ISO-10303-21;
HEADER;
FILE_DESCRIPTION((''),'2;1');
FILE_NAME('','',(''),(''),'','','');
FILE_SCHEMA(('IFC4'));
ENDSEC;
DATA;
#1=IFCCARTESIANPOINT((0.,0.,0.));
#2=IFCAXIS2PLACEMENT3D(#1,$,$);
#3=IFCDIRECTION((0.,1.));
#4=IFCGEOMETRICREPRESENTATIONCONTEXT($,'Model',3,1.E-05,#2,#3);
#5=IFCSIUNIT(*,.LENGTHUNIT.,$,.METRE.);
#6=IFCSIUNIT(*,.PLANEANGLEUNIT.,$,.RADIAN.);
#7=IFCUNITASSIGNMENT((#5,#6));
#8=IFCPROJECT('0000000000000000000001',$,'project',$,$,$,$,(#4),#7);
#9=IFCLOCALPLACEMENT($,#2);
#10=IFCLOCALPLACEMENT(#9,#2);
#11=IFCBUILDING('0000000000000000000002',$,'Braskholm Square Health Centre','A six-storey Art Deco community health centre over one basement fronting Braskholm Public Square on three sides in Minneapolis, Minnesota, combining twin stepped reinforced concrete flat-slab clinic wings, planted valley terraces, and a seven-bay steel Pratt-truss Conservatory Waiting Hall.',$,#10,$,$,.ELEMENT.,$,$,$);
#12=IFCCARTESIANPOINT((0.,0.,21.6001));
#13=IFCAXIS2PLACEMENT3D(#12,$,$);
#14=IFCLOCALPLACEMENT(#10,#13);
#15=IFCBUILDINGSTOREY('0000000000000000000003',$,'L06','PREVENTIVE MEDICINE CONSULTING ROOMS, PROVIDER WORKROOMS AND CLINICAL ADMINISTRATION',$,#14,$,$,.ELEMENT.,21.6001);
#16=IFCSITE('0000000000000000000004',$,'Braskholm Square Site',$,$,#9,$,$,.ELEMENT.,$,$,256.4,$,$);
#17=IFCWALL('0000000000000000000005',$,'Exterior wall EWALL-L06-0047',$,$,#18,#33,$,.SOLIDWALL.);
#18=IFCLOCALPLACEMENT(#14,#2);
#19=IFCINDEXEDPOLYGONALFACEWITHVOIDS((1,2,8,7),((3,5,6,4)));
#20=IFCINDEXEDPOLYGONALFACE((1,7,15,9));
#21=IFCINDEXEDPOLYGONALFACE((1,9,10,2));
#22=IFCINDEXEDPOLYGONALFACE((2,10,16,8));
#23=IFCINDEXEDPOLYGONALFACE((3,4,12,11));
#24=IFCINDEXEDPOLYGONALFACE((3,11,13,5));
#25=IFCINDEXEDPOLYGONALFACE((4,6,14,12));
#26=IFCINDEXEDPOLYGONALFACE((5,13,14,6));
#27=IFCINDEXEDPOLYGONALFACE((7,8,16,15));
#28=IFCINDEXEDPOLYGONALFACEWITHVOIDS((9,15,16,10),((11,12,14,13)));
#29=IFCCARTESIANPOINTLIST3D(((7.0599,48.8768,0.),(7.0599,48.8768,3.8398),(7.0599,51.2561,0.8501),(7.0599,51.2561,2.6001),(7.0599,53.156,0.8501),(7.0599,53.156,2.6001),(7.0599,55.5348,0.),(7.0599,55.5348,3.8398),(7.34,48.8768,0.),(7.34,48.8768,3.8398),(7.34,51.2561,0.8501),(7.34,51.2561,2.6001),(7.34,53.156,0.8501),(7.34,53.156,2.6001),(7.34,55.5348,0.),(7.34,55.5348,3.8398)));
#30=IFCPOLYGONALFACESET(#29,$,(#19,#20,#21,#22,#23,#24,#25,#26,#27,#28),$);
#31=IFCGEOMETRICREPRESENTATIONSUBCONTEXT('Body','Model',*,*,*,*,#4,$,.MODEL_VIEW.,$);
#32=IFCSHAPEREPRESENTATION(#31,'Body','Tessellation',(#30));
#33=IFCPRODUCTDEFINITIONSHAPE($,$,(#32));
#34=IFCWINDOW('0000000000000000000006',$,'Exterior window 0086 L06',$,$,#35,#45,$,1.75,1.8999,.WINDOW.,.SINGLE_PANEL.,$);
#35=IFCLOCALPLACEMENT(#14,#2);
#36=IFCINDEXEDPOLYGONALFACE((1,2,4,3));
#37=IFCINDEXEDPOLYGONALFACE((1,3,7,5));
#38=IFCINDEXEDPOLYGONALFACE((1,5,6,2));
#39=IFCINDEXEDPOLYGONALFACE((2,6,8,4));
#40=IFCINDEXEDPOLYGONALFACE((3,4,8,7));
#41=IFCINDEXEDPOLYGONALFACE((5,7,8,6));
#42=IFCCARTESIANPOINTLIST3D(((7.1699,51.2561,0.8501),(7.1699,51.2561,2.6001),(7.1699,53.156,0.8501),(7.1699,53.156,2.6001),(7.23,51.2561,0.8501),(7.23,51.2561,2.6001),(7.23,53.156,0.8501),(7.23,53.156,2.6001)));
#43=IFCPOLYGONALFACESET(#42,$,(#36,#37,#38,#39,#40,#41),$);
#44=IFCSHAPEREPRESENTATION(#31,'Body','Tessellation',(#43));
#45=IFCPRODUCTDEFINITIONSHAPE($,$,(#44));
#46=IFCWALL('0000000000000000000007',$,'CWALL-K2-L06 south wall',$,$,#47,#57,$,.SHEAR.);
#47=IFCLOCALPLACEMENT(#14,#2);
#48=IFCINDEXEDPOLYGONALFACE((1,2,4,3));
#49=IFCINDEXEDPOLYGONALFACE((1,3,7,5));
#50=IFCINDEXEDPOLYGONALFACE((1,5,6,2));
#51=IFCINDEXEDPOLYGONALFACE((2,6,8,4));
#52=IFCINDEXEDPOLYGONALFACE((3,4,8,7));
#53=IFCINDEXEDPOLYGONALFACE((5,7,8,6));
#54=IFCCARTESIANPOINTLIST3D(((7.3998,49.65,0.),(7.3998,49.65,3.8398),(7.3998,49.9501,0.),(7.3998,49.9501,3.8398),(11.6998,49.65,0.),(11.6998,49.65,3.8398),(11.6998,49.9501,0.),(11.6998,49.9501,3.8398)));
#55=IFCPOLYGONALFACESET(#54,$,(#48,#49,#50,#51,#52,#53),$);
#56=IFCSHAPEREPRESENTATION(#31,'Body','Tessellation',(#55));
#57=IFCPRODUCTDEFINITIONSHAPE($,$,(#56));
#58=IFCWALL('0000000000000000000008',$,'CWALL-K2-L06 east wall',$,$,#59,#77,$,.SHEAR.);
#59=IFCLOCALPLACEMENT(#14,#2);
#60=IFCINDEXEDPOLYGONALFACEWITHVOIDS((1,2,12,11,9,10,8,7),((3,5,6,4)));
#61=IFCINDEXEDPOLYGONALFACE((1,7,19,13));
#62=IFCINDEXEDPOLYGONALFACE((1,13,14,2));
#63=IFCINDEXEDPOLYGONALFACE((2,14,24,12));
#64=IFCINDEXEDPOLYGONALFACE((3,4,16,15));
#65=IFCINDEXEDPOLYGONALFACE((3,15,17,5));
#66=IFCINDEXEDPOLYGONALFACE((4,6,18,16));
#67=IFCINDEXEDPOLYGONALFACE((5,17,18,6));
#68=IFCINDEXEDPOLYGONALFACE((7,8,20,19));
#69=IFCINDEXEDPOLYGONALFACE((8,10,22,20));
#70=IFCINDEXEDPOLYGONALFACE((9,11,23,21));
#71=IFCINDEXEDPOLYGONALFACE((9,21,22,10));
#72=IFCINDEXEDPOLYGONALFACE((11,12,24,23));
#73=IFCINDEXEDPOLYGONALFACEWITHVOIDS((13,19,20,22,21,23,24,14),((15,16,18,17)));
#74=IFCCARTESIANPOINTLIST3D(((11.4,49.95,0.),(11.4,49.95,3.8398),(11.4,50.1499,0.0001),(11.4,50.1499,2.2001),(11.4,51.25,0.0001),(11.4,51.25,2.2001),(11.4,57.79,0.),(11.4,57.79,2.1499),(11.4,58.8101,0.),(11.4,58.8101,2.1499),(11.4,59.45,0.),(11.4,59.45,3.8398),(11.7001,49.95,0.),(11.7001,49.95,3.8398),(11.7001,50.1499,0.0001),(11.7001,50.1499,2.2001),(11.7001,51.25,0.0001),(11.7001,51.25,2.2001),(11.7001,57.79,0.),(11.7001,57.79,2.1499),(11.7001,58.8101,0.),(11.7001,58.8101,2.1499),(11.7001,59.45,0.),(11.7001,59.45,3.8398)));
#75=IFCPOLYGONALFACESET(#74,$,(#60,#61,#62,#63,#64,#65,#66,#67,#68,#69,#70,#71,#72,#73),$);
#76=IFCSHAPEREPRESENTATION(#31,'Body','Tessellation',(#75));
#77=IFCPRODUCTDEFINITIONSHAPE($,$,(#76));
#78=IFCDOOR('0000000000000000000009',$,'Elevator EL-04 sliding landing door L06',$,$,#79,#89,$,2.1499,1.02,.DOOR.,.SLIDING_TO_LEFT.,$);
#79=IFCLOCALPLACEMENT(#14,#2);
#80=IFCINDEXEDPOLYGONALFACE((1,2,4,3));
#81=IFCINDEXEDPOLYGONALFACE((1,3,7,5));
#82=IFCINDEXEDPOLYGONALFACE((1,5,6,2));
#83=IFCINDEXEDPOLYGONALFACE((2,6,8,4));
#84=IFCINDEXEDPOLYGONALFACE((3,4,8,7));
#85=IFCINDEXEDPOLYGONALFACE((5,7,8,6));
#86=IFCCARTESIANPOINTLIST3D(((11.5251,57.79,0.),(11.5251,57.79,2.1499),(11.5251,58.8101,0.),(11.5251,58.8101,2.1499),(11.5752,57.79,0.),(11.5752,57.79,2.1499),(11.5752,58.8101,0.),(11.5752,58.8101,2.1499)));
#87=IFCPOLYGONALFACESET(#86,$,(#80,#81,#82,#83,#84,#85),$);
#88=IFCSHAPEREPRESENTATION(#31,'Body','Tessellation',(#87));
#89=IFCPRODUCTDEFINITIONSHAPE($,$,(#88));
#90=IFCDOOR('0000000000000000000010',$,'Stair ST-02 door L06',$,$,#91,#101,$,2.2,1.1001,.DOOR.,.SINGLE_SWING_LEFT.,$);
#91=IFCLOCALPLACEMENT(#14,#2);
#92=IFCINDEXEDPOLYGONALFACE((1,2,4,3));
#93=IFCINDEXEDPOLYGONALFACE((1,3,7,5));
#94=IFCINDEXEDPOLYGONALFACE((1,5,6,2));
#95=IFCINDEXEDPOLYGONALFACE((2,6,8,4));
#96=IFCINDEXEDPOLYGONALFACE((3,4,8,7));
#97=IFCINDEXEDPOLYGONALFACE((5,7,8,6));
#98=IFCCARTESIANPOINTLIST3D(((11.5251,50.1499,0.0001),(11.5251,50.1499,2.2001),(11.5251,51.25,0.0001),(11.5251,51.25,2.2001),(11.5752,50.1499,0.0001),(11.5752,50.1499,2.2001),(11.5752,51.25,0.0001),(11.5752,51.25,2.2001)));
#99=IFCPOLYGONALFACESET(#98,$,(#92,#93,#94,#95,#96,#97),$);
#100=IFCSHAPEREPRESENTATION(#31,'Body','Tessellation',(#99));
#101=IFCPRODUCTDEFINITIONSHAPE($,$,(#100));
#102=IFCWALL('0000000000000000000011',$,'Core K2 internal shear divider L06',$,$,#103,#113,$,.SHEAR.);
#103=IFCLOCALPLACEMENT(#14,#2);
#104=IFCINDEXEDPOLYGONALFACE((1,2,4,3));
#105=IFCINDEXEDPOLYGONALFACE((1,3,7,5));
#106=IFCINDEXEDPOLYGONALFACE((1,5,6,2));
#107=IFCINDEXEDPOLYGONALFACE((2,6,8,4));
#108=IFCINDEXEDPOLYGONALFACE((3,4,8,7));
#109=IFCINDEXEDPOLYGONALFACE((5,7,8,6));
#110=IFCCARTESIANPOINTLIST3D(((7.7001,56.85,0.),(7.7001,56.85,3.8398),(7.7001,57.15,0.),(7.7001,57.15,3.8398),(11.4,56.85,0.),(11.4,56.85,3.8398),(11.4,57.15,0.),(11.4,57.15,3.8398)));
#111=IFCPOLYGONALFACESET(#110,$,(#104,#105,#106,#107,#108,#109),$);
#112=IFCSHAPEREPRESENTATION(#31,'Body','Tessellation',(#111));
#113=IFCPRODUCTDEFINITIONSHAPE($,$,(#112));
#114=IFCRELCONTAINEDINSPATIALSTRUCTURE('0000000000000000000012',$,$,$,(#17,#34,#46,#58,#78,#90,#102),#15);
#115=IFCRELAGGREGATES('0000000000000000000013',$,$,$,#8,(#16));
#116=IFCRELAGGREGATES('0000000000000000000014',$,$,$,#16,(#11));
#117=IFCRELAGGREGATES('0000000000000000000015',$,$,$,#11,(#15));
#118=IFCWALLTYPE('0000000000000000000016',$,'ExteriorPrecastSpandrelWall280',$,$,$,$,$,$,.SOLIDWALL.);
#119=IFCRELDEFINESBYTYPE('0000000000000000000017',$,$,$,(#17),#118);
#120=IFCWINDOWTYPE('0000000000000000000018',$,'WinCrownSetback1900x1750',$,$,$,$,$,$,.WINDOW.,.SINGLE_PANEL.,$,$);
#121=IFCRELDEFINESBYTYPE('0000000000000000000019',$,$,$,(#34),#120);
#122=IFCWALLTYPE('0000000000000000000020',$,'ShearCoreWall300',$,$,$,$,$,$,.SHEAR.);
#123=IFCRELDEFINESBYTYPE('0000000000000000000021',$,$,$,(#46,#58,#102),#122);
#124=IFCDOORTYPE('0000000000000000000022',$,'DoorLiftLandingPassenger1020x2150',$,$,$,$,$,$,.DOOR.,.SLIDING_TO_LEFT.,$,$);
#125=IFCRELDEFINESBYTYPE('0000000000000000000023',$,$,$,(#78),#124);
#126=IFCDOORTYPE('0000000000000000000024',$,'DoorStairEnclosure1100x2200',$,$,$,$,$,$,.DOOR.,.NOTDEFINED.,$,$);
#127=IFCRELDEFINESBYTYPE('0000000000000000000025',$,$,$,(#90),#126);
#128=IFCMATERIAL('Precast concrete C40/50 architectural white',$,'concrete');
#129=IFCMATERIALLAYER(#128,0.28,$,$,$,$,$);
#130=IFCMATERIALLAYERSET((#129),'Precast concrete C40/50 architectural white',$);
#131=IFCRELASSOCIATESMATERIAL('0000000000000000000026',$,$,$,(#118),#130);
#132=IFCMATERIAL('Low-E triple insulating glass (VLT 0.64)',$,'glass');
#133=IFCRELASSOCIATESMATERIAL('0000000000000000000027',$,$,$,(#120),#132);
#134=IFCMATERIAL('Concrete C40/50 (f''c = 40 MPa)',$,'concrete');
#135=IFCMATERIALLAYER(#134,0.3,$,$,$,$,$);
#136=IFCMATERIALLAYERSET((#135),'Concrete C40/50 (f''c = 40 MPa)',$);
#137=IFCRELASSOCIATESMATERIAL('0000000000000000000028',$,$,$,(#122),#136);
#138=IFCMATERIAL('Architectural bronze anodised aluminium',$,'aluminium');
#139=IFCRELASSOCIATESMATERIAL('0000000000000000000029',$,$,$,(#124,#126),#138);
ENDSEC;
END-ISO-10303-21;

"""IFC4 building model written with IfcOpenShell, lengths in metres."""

from ifc_helpers import new_model, si_unit, direction, frame, frame_2d, origin, origin_with_axes, place, context, subcontext, project, spatial, rectangle, extrude, material, layer, layer_set, type_object, element, fill, save


model = new_model("IFC4")

# Units and contexts
model_context = context("Model", 3, precision=1e-05, world=origin(), true_north=direction((0.0, 1.0)))
body_context = subcontext(model_context, "Body", "Model", "MODEL_VIEW")
ifc_project = project(units=[si_unit("LENGTHUNIT", "METRE"), si_unit("PLANEANGLEUNIT", "RADIAN")], contexts=[model_context])

# Site, building, storey
site_placement = place(None, origin())
site = spatial("IfcSite", under=ifc_project, at=site_placement, Name="Braskholm Square Site", CompositionType="ELEMENT", RefElevation=256.4)
building_placement = place(site_placement, origin())
building = spatial("IfcBuilding", under=site, at=building_placement, Name="Braskholm Square Health Centre", Description="A six-storey Art Deco community health centre over one basement fronting Braskholm Public Square on three sides in Minneapolis, Minnesota, combining twin stepped reinforced concrete flat-slab clinic wings, planted valley terraces, and a seven-bay steel Pratt-truss Conservatory Waiting Hall.", CompositionType="ELEMENT")
storey_placement = place(building_placement, frame((0.0, 0.0, 21.6001)))
storey = spatial("IfcBuildingStorey", under=building, at=storey_placement, Name="L06", Description="PREVENTIVE MEDICINE CONSULTING ROOMS, PROVIDER WORKROOMS AND CLINICAL ADMINISTRATION", CompositionType="ELEMENT", Elevation=21.6001)

# Shared definitions
ifc_material_1 = material(Name="Concrete C40/50 (f'c = 40 MPa)", Category="concrete")
ifc_material_2 = material(Name="Precast concrete C40/50 architectural white", Category="concrete")

# Shared definitions
ifc_material_3 = material(Name="Low-E triple insulating glass (VLT 0.64)", Category="glass")
ifc_material_4 = material(Name="Architectural bronze anodised aluminium", Category="aluminium")

# Wall, opening, window
ifc_layer_1 = layer(ifc_material_2, 0.28)
ifc_layer_set_1 = layer_set([ifc_layer_1], Name="Precast concrete C40/50 architectural white")
wall_type_1 = type_object("IfcWallType", Name="ExteriorPrecastSpandrelWall280", PredefinedType="SOLIDWALL", material=ifc_layer_set_1)
wall_1_placement = place(storey_placement, frame((7.2, 55.5349, 0.0), z_axis=(0.0, 0.0, 1.0), x_axis=(0.0, -1.0, 0.0)))
wall_1 = element("IfcWall", 1, at=wall_1_placement, inside=storey, type_object=wall_type_1, Name="Exterior wall EWALL-L06-0047", PredefinedType="SOLIDWALL", context=body_context, shape_type="SweptSolid", body=[
    extrude(rectangle(XDim=6.658, YDim=0.28, at=frame_2d((3.3291, 0.0))), origin(), (0.0, 0.0, 1.0), 3.8398),
])
opening_1_placement = place(wall_1_placement, frame((2.3789, 0.0, 0.8501)))
opening_1 = element("IfcOpeningElement", 2, at=opening_1_placement, cuts=wall_1, PredefinedType="OPENING", context=body_context, shape_type="SweptSolid", body=[
    extrude(rectangle(XDim=1.8999, YDim=1.75, at=frame_2d((0.95, 0.875))), frame((0.0, 0.1499, 0.0), z_axis=(0.0, -1.0, 0.0), x_axis=(1.0, 0.0, 0.0)), (0.0, 0.0, 1.0), 0.3),
])
window_type = type_object("IfcWindowType", Name="WinCrownSetback1900x1750", PartitioningType="SINGLE_PANEL", PredefinedType="WINDOW", material=ifc_material_3)
window_placement = place(opening_1_placement, origin_with_axes())
window = element("IfcWindow", 3, at=window_placement, inside=storey, type_object=window_type, Name="Exterior window 0086 L06", OverallHeight=1.75, OverallWidth=1.8999, PartitioningType="SINGLE_PANEL", PredefinedType="WINDOW", context=body_context, shape_type="SweptSolid", body=[
    extrude(rectangle(XDim=1.8999, YDim=1.75, at=frame_2d((0.95, 0.875))), frame((0.0, 0.03, 0.0), z_axis=(0.0, -1.0, 0.0), x_axis=(1.0, 0.0, 0.0)), (0.0, 0.0, 1.0), 0.0601),
])
fill(opening_1, window)

# Wall
ifc_layer_2 = layer(ifc_material_1, 0.3)
ifc_layer_set_2 = layer_set([ifc_layer_2], Name="Concrete C40/50 (f'c = 40 MPa)")
wall_type_2 = type_object("IfcWallType", Name="ShearCoreWall300", PredefinedType="SHEAR", material=ifc_layer_set_2)
wall_2_placement = place(storey_placement, frame((7.3999, 49.8, 0.0), z_axis=(0.0, 0.0, 1.0), x_axis=(1.0, 0.0, 0.0)))
element("IfcWall", 4, at=wall_2_placement, inside=storey, type_object=wall_type_2, Name="CWALL-K2-L06 south wall", PredefinedType="SHEAR", context=body_context, shape_type="SweptSolid", body=[
    extrude(rectangle(XDim=4.3, YDim=0.3, at=frame_2d((2.1499, 0.0))), origin(), (0.0, 0.0, 1.0), 3.8398),
])

# Wall, openings, doors
wall_3_placement = place(storey_placement, frame((11.55, 49.95, 0.0), z_axis=(0.0, 0.0, 1.0), x_axis=(0.0, 1.0, 0.0)))
wall_3 = element("IfcWall", 5, at=wall_3_placement, inside=storey, type_object=wall_type_2, Name="CWALL-K2-L06 east wall", PredefinedType="SHEAR", context=body_context, shape_type="SweptSolid", body=[
    extrude(rectangle(XDim=9.5, YDim=0.3, at=frame_2d((4.75, 0.0))), origin(), (0.0, 0.0, 1.0), 3.8398),
])
opening_2_placement = place(wall_3_placement, frame((0.2, 0.0, 0.0)))
opening_2 = element("IfcOpeningElement", 6, at=opening_2_placement, cuts=wall_3, PredefinedType="OPENING", context=body_context, shape_type="SweptSolid", body=[
    extrude(rectangle(XDim=1.1001, YDim=2.2, at=frame_2d((0.55, 1.1001))), frame((0.0, 0.1602, 0.0), z_axis=(0.0, -1.0, 0.0), x_axis=(1.0, 0.0, 0.0)), (0.0, 0.0, 1.0), 0.3201),
])
opening_3_placement = place(wall_3_placement, frame((7.8401, 0.0, 0.0)))
opening_3 = element("IfcOpeningElement", 7, at=opening_3_placement, cuts=wall_3, PredefinedType="OPENING", context=body_context, shape_type="SweptSolid", body=[
    extrude(rectangle(XDim=1.02, YDim=2.1499, at=frame_2d((0.51, 1.075))), frame((0.0, 0.1602, 0.0), z_axis=(0.0, -1.0, 0.0), x_axis=(1.0, 0.0, 0.0)), (0.0, 0.0, 1.0), 0.3201),
])
door_type_1 = type_object("IfcDoorType", Name="DoorLiftLandingPassenger1020x2150", OperationType="SLIDING_TO_LEFT", PredefinedType="DOOR", material=ifc_material_4)
door_1_placement = place(opening_3_placement, origin_with_axes())
door_1 = element("IfcDoor", 8, at=door_1_placement, inside=storey, type_object=door_type_1, Name="Elevator EL-04 sliding landing door L06", OperationType="SLIDING_TO_LEFT", OverallHeight=2.1499, OverallWidth=1.02, PredefinedType="DOOR", context=body_context, shape_type="SweptSolid", body=[
    extrude(rectangle(XDim=1.02, YDim=2.1499, at=frame_2d((0.51, 1.075))), frame((0.0, 0.0249, 0.0), z_axis=(0.0, -1.0, 0.0), x_axis=(1.0, 0.0, 0.0)), (0.0, 0.0, 1.0), 0.05),
])
fill(opening_3, door_1)
door_type_2 = type_object("IfcDoorType", Name="DoorStairEnclosure1100x2200", OperationType="NOTDEFINED", PredefinedType="DOOR", material=ifc_material_4)
door_2_placement = place(opening_2_placement, origin_with_axes())
door_2 = element("IfcDoor", 9, at=door_2_placement, inside=storey, type_object=door_type_2, Name="Stair ST-02 door L06", OperationType="SINGLE_SWING_LEFT", OverallHeight=2.2, OverallWidth=1.1001, PredefinedType="DOOR", context=body_context, shape_type="SweptSolid", body=[
    extrude(rectangle(XDim=1.1001, YDim=2.2, at=frame_2d((0.55, 1.1001))), frame((0.0, 0.0249, 0.0), z_axis=(0.0, -1.0, 0.0), x_axis=(1.0, 0.0, 0.0)), (0.0, 0.0, 1.0), 0.05),
])
fill(opening_2, door_2)

# Wall
wall_4_placement = place(storey_placement, frame((7.7, 57.0, 0.0), z_axis=(0.0, 0.0, 1.0), x_axis=(1.0, 0.0, 0.0)))
element("IfcWall", 10, at=wall_4_placement, inside=storey, type_object=wall_type_2, Name="Core K2 internal shear divider L06", PredefinedType="SHEAR", context=body_context, shape_type="SweptSolid", body=[
    extrude(rectangle(XDim=3.7, YDim=0.3, at=frame_2d((1.8501, 0.0))), origin(), (0.0, 0.0, 1.0), 3.8398),
])

save(model, "model.ifc")
